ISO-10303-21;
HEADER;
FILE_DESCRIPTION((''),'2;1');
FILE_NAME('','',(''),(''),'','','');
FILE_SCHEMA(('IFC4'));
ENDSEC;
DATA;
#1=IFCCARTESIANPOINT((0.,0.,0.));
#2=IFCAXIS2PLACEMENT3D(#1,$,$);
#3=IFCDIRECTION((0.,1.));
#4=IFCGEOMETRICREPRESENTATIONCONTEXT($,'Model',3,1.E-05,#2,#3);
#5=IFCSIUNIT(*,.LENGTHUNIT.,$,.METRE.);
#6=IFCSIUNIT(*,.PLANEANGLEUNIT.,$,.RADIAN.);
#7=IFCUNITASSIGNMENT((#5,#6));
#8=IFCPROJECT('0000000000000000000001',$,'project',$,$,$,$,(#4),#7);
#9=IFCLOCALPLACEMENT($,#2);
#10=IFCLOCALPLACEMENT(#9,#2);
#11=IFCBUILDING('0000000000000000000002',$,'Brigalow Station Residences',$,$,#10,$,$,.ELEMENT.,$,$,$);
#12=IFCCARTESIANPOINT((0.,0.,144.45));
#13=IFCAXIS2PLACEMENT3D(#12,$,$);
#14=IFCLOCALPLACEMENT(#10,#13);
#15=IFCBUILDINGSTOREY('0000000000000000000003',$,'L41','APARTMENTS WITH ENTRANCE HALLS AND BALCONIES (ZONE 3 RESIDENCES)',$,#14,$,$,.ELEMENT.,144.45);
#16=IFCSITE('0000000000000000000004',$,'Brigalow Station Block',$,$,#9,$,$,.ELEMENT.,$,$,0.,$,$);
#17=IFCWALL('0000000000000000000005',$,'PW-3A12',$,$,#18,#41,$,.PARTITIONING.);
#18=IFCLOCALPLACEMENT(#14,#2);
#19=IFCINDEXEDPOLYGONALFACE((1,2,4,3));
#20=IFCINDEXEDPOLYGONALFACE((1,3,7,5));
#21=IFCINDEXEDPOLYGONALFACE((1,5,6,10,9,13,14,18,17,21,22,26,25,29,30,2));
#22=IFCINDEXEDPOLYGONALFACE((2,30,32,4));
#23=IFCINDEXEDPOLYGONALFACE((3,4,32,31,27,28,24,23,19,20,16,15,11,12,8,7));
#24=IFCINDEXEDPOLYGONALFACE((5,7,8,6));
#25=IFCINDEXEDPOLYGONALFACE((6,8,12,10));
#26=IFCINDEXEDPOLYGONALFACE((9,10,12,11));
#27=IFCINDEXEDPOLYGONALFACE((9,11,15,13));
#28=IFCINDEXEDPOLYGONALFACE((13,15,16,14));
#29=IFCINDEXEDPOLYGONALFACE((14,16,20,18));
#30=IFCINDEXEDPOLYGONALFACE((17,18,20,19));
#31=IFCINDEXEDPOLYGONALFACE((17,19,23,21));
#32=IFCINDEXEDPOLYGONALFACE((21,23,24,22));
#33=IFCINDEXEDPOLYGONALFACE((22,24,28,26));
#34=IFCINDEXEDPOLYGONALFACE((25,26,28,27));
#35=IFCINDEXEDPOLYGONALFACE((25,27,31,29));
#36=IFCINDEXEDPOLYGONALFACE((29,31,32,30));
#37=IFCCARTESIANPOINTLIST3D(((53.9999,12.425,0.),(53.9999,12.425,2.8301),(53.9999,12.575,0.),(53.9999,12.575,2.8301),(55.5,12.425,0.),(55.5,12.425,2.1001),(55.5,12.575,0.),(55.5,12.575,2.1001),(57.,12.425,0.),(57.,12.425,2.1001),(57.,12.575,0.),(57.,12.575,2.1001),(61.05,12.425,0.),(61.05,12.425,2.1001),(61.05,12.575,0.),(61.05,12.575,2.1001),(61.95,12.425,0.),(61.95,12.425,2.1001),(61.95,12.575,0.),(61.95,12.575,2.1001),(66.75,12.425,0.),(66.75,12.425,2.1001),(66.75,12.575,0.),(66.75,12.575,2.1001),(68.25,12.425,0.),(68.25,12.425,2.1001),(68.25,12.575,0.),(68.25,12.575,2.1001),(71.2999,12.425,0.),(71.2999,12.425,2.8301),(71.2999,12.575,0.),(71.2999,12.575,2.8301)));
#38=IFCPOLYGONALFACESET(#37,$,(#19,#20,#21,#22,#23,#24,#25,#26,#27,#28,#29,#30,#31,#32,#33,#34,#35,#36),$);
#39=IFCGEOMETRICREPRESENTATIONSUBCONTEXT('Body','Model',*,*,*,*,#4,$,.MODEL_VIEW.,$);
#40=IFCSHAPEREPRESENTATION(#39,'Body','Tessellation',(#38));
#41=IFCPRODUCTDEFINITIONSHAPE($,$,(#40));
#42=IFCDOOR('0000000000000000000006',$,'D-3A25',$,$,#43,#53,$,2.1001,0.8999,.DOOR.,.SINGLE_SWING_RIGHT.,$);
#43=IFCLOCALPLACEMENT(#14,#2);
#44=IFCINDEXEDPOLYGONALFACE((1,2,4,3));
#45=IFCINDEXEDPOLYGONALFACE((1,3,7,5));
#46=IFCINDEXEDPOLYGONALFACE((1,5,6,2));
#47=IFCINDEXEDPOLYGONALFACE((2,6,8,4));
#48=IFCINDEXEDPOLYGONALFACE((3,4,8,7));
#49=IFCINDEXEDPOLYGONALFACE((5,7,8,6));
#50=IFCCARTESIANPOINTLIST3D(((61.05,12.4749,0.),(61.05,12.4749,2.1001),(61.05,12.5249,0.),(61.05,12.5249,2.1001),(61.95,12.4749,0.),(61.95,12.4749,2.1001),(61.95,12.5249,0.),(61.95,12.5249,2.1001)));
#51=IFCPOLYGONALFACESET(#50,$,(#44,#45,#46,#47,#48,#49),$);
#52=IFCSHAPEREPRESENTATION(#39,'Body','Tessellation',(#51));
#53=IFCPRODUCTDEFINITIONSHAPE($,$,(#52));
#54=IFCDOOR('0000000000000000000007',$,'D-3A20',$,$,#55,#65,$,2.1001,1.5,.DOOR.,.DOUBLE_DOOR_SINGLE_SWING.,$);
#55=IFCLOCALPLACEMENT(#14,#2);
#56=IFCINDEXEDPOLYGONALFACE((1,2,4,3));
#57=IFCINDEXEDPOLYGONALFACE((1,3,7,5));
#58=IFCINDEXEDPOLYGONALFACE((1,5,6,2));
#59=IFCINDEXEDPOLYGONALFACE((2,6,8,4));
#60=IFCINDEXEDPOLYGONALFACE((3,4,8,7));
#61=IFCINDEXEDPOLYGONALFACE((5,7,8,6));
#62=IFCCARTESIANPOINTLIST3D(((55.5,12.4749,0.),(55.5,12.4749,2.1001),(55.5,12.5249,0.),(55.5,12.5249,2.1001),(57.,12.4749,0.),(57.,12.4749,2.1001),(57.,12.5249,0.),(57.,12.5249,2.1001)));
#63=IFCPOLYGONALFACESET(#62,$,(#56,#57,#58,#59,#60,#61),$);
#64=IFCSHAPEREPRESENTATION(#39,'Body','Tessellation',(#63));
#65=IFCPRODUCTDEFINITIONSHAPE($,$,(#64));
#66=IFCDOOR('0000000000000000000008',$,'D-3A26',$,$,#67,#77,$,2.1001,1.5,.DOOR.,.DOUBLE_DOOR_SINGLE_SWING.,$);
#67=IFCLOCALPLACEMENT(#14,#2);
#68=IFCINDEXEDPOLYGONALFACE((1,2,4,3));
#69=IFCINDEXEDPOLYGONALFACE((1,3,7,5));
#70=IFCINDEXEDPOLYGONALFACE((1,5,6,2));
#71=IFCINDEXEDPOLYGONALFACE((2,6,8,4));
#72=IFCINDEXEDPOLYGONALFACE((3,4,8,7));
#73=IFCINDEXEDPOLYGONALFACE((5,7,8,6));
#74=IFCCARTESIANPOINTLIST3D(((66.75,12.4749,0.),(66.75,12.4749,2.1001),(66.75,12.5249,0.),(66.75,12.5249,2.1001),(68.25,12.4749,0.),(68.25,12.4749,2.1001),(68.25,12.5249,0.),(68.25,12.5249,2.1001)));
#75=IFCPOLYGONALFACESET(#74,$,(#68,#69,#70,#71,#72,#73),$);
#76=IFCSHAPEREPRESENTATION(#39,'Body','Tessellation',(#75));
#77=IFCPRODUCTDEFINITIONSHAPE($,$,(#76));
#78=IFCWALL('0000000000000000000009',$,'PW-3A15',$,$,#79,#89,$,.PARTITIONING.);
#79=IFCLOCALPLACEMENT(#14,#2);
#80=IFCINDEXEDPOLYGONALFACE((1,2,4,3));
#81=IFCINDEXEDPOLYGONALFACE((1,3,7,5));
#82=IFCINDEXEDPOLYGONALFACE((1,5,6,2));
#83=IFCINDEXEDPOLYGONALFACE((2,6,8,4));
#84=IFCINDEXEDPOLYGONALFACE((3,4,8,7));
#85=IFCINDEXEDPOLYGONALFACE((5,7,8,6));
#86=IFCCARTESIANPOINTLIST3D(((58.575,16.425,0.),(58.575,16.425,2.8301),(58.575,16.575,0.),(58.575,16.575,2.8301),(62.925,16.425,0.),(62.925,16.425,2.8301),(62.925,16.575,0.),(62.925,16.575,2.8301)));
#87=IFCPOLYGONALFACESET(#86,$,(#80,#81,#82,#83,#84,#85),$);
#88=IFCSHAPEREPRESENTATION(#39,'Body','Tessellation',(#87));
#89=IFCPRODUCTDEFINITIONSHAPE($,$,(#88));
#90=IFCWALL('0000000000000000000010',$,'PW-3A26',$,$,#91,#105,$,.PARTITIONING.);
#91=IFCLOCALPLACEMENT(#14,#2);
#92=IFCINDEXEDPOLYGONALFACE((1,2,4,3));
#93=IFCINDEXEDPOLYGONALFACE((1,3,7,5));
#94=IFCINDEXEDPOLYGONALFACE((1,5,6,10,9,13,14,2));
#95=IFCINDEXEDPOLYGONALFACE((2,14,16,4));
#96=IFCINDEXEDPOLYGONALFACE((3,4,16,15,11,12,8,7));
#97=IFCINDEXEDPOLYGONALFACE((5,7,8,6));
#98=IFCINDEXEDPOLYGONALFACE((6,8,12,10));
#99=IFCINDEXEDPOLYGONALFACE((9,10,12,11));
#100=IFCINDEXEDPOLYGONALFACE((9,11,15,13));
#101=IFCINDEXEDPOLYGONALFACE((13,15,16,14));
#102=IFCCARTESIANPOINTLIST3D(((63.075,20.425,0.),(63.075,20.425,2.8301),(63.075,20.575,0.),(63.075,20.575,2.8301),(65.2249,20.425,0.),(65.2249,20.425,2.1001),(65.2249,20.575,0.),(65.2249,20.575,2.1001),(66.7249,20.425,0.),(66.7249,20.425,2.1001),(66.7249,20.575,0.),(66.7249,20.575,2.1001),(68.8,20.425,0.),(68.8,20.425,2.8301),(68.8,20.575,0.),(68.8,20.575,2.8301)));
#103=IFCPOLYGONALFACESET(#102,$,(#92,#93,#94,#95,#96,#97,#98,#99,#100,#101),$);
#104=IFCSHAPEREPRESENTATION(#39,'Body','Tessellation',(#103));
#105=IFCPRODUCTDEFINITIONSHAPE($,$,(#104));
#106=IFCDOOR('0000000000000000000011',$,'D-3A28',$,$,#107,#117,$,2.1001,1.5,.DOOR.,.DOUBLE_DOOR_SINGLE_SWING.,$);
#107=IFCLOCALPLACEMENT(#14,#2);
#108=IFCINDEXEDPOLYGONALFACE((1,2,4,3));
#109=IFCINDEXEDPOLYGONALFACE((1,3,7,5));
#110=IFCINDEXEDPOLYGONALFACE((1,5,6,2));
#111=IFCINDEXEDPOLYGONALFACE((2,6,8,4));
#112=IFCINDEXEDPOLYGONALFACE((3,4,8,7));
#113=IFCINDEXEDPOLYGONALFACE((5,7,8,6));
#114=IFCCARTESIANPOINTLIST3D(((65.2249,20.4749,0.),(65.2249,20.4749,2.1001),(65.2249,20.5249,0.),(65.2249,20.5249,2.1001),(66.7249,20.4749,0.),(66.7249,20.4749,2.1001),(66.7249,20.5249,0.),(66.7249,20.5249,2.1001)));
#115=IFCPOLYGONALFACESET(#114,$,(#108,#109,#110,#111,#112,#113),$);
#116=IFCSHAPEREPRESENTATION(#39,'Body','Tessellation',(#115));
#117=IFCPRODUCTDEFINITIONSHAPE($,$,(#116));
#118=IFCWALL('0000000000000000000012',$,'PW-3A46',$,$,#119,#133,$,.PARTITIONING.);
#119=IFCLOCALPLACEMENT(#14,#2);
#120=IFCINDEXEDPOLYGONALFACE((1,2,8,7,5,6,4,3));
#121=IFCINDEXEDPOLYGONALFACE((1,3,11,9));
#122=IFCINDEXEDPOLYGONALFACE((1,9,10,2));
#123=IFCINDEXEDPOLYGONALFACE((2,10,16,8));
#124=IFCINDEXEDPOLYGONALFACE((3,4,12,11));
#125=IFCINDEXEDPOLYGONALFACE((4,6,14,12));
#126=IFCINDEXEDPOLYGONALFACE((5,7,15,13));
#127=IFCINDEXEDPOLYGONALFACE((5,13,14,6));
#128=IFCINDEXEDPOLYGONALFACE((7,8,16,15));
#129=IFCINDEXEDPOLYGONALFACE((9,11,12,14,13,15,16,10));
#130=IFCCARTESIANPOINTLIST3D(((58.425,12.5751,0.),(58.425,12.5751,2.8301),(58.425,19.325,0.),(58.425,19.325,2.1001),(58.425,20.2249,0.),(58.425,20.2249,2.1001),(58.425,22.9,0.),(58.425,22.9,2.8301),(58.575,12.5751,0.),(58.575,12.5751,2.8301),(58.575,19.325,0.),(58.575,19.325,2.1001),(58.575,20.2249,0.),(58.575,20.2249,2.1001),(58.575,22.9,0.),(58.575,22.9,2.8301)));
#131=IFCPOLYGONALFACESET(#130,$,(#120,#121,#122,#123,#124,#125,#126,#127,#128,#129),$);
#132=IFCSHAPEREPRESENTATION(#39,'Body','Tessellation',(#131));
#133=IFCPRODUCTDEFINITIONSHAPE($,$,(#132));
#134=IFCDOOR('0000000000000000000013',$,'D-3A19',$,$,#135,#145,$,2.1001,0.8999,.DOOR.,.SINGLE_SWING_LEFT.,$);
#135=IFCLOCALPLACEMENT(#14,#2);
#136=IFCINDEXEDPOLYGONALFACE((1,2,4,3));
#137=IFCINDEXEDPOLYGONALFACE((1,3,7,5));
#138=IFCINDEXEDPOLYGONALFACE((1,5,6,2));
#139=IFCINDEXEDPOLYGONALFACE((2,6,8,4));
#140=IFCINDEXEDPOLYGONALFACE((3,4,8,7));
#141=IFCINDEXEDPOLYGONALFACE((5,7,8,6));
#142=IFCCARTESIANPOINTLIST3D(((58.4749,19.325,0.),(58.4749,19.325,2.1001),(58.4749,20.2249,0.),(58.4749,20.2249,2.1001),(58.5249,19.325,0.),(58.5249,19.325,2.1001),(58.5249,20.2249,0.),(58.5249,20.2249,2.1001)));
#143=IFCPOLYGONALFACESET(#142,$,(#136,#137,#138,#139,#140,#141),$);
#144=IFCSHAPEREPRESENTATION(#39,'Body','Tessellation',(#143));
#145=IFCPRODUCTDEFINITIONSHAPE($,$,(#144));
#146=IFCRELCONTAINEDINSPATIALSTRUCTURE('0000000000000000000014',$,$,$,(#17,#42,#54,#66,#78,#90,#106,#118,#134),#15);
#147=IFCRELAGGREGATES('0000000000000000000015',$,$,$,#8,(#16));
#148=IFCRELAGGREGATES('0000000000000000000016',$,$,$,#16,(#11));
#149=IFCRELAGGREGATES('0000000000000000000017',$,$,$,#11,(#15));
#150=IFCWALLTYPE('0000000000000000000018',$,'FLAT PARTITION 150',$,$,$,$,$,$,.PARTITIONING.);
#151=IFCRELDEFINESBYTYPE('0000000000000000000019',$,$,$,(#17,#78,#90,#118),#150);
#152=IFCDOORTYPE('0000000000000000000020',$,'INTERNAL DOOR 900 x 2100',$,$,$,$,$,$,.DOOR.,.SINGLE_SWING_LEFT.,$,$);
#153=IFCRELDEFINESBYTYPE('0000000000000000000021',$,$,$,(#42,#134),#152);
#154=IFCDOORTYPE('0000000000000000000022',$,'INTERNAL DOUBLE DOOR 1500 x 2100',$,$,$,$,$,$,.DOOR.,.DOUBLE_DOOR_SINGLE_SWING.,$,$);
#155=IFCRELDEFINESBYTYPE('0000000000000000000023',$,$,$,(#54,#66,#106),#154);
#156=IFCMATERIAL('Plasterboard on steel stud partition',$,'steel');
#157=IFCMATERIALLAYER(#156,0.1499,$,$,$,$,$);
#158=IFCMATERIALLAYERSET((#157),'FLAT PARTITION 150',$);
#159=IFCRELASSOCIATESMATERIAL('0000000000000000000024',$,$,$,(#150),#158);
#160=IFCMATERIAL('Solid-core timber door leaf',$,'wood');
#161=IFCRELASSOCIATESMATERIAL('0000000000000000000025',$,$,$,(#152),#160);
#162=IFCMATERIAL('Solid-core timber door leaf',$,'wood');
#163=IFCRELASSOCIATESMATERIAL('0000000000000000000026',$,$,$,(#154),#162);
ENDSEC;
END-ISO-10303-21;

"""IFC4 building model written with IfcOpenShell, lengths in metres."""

from ifc_helpers import new_model, si_unit, direction, frame, frame_2d, origin, place, context, subcontext, project, spatial, rectangle, extrude, material, layer, layer_set, type_object, element, fill, save


model = new_model("IFC4")

# Units and contexts
model_context = context("Model", 3, precision=1e-05, world=origin(), true_north=direction((0.0, 1.0)))
body_context = subcontext(model_context, "Body", "Model", "MODEL_VIEW")
ifc_project = project(units=[si_unit("LENGTHUNIT", "METRE"), si_unit("PLANEANGLEUNIT", "RADIAN")], contexts=[model_context])

# Site, building, storey
site_placement = place(None, origin())
site = spatial("IfcSite", under=ifc_project, at=site_placement, Name="Brigalow Station Block", CompositionType="ELEMENT", RefElevation=0.0)
building_placement = place(site_placement, origin())
building = spatial("IfcBuilding", under=site, at=building_placement, Name="Brigalow Station Residences", CompositionType="ELEMENT")
storey_placement = place(building_placement, frame((0.0, 0.0, 144.45)))
storey = spatial("IfcBuildingStorey", under=building, at=storey_placement, Name="L41", Description="APARTMENTS WITH ENTRANCE HALLS AND BALCONIES (ZONE 3 RESIDENCES)", CompositionType="ELEMENT", Elevation=144.45)

# Wall, openings, doors
ifc_material_1 = material(Name="Plasterboard on steel stud partition", Category="steel")
ifc_layer_1 = layer(ifc_material_1, 0.1499)
ifc_layer_set_1 = layer_set([ifc_layer_1], Name="FLAT PARTITION 150")
wall_type_1 = type_object("IfcWallType", Name="FLAT PARTITION 150", PredefinedType="PARTITIONING", material=ifc_layer_set_1)
wall_1_placement = place(storey_placement, frame((54.0, 12.5, 0.0), z_axis=(0.0, 0.0, 1.0), x_axis=(1.0, 0.0, 0.0)))
wall_1 = element("IfcWall", 1, at=wall_1_placement, inside=storey, type_object=wall_type_1, Name="PW-3A12", PredefinedType="PARTITIONING", context=body_context, shape_type="SweptSolid", body=[
    extrude(rectangle(XDim=17.3, YDim=0.1499, at=frame_2d((8.6499, 0.0))), origin(), (0.0, 0.0, 1.0), 2.8301),
])
opening_1_placement = place(wall_1_placement, frame((1.5, 0.0, 0.0)))
opening_1 = element("IfcOpeningElement", 2, at=opening_1_placement, cuts=wall_1, PredefinedType="OPENING", context=body_context, shape_type="SweptSolid", body=[
    extrude(rectangle(XDim=1.5, YDim=2.1001, at=frame_2d((0.75, 1.05))), frame((0.0, 0.085, 0.0), z_axis=(0.0, -1.0, 0.0), x_axis=(1.0, 0.0, 0.0)), (0.0, 0.0, 1.0), 0.1699),
])
opening_2_placement = place(wall_1_placement, frame((7.05, 0.0, 0.0)))
opening_2 = element("IfcOpeningElement", 3, at=opening_2_placement, cuts=wall_1, PredefinedType="OPENING", context=body_context, shape_type="SweptSolid", body=[
    extrude(rectangle(XDim=0.8999, YDim=2.1001, at=frame_2d((0.45, 1.05))), frame((0.0, 0.085, 0.0), z_axis=(0.0, -1.0, 0.0), x_axis=(1.0, 0.0, 0.0)), (0.0, 0.0, 1.0), 0.1699),
])
opening_3_placement = place(wall_1_placement, frame((12.75, 0.0, 0.0)))
opening_3 = element("IfcOpeningElement", 4, at=opening_3_placement, cuts=wall_1, PredefinedType="OPENING", context=body_context, shape_type="SweptSolid", body=[
    extrude(rectangle(XDim=1.5, YDim=2.1001, at=frame_2d((0.75, 1.05))), frame((0.0, 0.085, 0.0), z_axis=(0.0, -1.0, 0.0), x_axis=(1.0, 0.0, 0.0)), (0.0, 0.0, 1.0), 0.1699),
])
ifc_material_2 = material(Name="Solid-core timber door leaf", Category="wood")
door_type_1 = type_object("IfcDoorType", Name="INTERNAL DOOR 900 x 2100", OperationType="SINGLE_SWING_LEFT", PredefinedType="DOOR", material=ifc_material_2)
door_1_placement = place(opening_2_placement, origin())
door_1 = element("IfcDoor", 5, at=door_1_placement, inside=storey, type_object=door_type_1, Name="D-3A25", OperationType="SINGLE_SWING_RIGHT", OverallHeight=2.1001, OverallWidth=0.8999, PredefinedType="DOOR", context=body_context, shape_type="SweptSolid", body=[
    extrude(rectangle(XDim=0.8999, YDim=2.1001, at=frame_2d((0.45, 1.05))), frame((0.0, 0.0249, 0.0), z_axis=(0.0, -1.0, 0.0), x_axis=(1.0, 0.0, 0.0)), (0.0, 0.0, 1.0), 0.05),
])
fill(opening_2, door_1)
ifc_material_3 = material(Name="Solid-core timber door leaf", Category="wood")
door_type_2 = type_object("IfcDoorType", Name="INTERNAL DOUBLE DOOR 1500 x 2100", OperationType="DOUBLE_DOOR_SINGLE_SWING", PredefinedType="DOOR", material=ifc_material_3)
door_2_placement = place(opening_1_placement, origin())
door_2 = element("IfcDoor", 6, at=door_2_placement, inside=storey, type_object=door_type_2, Name="D-3A20", OperationType="DOUBLE_DOOR_SINGLE_SWING", OverallHeight=2.1001, OverallWidth=1.5, PredefinedType="DOOR", context=body_context, shape_type="SweptSolid", body=[
    extrude(rectangle(XDim=1.5, YDim=2.1001, at=frame_2d((0.75, 1.05))), frame((0.0, 0.0249, 0.0), z_axis=(0.0, -1.0, 0.0), x_axis=(1.0, 0.0, 0.0)), (0.0, 0.0, 1.0), 0.05),
])
fill(opening_1, door_2)
door_3_placement = place(opening_3_placement, origin())
door_3 = element("IfcDoor", 7, at=door_3_placement, inside=storey, type_object=door_type_2, Name="D-3A26", OperationType="DOUBLE_DOOR_SINGLE_SWING", OverallHeight=2.1001, OverallWidth=1.5, PredefinedType="DOOR", context=body_context, shape_type="SweptSolid", body=[
    extrude(rectangle(XDim=1.5, YDim=2.1001, at=frame_2d((0.75, 1.05))), frame((0.0, 0.0249, 0.0), z_axis=(0.0, -1.0, 0.0), x_axis=(1.0, 0.0, 0.0)), (0.0, 0.0, 1.0), 0.05),
])
fill(opening_3, door_3)

# Wall
wall_2_placement = place(storey_placement, frame((58.575, 16.5, 0.0), z_axis=(0.0, 0.0, 1.0), x_axis=(1.0, 0.0, 0.0)))
element("IfcWall", 8, at=wall_2_placement, inside=storey, type_object=wall_type_1, Name="PW-3A15", PredefinedType="PARTITIONING", context=body_context, shape_type="SweptSolid", body=[
    extrude(rectangle(XDim=4.3501, YDim=0.1499, at=frame_2d((2.175, 0.0))), origin(), (0.0, 0.0, 1.0), 2.8301),
])

# Walls, openings, doors
wall_3_placement = place(storey_placement, frame((63.075, 20.5, 0.0), z_axis=(0.0, 0.0, 1.0), x_axis=(1.0, 0.0, 0.0)))
wall_3 = element("IfcWall", 9, at=wall_3_placement, inside=storey, type_object=wall_type_1, Name="PW-3A26", PredefinedType="PARTITIONING", context=body_context, shape_type="SweptSolid", body=[
    extrude(rectangle(XDim=5.7251, YDim=0.1499, at=frame_2d((2.8625, 0.0))), origin(), (0.0, 0.0, 1.0), 2.8301),
])
opening_4_placement = place(wall_3_placement, frame((2.1499, 0.0, 0.0)))
opening_4 = element("IfcOpeningElement", 10, at=opening_4_placement, cuts=wall_3, PredefinedType="OPENING", context=body_context, shape_type="SweptSolid", body=[
    extrude(rectangle(XDim=1.5, YDim=2.1001, at=frame_2d((0.75, 1.05))), frame((0.0, 0.085, 0.0), z_axis=(0.0, -1.0, 0.0), x_axis=(1.0, 0.0, 0.0)), (0.0, 0.0, 1.0), 0.1699),
])
door_4_placement = place(opening_4_placement, origin())
door_4 = element("IfcDoor", 11, at=door_4_placement, inside=storey, type_object=door_type_2, Name="D-3A28", OperationType="DOUBLE_DOOR_SINGLE_SWING", OverallHeight=2.1001, OverallWidth=1.5, PredefinedType="DOOR", context=body_context, shape_type="SweptSolid", body=[
    extrude(rectangle(XDim=1.5, YDim=2.1001, at=frame_2d((0.75, 1.05))), frame((0.0, 0.0249, 0.0), z_axis=(0.0, -1.0, 0.0), x_axis=(1.0, 0.0, 0.0)), (0.0, 0.0, 1.0), 0.05),
])
fill(opening_4, door_4)
wall_4_placement = place(storey_placement, frame((58.5, 12.575, 0.0), z_axis=(0.0, 0.0, 1.0), x_axis=(0.0, 1.0, 0.0)))
wall_4 = element("IfcWall", 12, at=wall_4_placement, inside=storey, type_object=wall_type_1, Name="PW-3A46", PredefinedType="PARTITIONING", context=body_context, shape_type="SweptSolid", body=[
    extrude(rectangle(XDim=10.325, YDim=0.1499, at=frame_2d((5.1626, 0.0))), origin(), (0.0, 0.0, 1.0), 2.8301),
])
opening_5_placement = place(wall_4_placement, frame((6.75, 0.0, 0.0)))
opening_5 = element("IfcOpeningElement", 13, at=opening_5_placement, cuts=wall_4, PredefinedType="OPENING", context=body_context, shape_type="SweptSolid", body=[
    extrude(rectangle(XDim=0.8999, YDim=2.1001, at=frame_2d((0.45, 1.05))), frame((0.0, 0.085, 0.0), z_axis=(0.0, -1.0, 0.0), x_axis=(1.0, 0.0, 0.0)), (0.0, 0.0, 1.0), 0.1699),
])
door_5_placement = place(opening_5_placement, frame((0.8999, 0.0, 0.0), z_axis=(0.0, 0.0, 1.0), x_axis=(-1.0, 0.0, 0.0)))
door_5 = element("IfcDoor", 14, at=door_5_placement, inside=storey, type_object=door_type_1, Name="D-3A19", OperationType="SINGLE_SWING_LEFT", OverallHeight=2.1001, OverallWidth=0.8999, PredefinedType="DOOR", context=body_context, shape_type="SweptSolid", body=[
    extrude(rectangle(XDim=0.8999, YDim=2.1001, at=frame_2d((0.45, 1.05))), frame((0.0, 0.0249, 0.0), z_axis=(0.0, -1.0, 0.0), x_axis=(1.0, 0.0, 0.0)), (0.0, 0.0, 1.0), 0.05),
])
fill(opening_5, door_5)

save(model, "model.ifc")
